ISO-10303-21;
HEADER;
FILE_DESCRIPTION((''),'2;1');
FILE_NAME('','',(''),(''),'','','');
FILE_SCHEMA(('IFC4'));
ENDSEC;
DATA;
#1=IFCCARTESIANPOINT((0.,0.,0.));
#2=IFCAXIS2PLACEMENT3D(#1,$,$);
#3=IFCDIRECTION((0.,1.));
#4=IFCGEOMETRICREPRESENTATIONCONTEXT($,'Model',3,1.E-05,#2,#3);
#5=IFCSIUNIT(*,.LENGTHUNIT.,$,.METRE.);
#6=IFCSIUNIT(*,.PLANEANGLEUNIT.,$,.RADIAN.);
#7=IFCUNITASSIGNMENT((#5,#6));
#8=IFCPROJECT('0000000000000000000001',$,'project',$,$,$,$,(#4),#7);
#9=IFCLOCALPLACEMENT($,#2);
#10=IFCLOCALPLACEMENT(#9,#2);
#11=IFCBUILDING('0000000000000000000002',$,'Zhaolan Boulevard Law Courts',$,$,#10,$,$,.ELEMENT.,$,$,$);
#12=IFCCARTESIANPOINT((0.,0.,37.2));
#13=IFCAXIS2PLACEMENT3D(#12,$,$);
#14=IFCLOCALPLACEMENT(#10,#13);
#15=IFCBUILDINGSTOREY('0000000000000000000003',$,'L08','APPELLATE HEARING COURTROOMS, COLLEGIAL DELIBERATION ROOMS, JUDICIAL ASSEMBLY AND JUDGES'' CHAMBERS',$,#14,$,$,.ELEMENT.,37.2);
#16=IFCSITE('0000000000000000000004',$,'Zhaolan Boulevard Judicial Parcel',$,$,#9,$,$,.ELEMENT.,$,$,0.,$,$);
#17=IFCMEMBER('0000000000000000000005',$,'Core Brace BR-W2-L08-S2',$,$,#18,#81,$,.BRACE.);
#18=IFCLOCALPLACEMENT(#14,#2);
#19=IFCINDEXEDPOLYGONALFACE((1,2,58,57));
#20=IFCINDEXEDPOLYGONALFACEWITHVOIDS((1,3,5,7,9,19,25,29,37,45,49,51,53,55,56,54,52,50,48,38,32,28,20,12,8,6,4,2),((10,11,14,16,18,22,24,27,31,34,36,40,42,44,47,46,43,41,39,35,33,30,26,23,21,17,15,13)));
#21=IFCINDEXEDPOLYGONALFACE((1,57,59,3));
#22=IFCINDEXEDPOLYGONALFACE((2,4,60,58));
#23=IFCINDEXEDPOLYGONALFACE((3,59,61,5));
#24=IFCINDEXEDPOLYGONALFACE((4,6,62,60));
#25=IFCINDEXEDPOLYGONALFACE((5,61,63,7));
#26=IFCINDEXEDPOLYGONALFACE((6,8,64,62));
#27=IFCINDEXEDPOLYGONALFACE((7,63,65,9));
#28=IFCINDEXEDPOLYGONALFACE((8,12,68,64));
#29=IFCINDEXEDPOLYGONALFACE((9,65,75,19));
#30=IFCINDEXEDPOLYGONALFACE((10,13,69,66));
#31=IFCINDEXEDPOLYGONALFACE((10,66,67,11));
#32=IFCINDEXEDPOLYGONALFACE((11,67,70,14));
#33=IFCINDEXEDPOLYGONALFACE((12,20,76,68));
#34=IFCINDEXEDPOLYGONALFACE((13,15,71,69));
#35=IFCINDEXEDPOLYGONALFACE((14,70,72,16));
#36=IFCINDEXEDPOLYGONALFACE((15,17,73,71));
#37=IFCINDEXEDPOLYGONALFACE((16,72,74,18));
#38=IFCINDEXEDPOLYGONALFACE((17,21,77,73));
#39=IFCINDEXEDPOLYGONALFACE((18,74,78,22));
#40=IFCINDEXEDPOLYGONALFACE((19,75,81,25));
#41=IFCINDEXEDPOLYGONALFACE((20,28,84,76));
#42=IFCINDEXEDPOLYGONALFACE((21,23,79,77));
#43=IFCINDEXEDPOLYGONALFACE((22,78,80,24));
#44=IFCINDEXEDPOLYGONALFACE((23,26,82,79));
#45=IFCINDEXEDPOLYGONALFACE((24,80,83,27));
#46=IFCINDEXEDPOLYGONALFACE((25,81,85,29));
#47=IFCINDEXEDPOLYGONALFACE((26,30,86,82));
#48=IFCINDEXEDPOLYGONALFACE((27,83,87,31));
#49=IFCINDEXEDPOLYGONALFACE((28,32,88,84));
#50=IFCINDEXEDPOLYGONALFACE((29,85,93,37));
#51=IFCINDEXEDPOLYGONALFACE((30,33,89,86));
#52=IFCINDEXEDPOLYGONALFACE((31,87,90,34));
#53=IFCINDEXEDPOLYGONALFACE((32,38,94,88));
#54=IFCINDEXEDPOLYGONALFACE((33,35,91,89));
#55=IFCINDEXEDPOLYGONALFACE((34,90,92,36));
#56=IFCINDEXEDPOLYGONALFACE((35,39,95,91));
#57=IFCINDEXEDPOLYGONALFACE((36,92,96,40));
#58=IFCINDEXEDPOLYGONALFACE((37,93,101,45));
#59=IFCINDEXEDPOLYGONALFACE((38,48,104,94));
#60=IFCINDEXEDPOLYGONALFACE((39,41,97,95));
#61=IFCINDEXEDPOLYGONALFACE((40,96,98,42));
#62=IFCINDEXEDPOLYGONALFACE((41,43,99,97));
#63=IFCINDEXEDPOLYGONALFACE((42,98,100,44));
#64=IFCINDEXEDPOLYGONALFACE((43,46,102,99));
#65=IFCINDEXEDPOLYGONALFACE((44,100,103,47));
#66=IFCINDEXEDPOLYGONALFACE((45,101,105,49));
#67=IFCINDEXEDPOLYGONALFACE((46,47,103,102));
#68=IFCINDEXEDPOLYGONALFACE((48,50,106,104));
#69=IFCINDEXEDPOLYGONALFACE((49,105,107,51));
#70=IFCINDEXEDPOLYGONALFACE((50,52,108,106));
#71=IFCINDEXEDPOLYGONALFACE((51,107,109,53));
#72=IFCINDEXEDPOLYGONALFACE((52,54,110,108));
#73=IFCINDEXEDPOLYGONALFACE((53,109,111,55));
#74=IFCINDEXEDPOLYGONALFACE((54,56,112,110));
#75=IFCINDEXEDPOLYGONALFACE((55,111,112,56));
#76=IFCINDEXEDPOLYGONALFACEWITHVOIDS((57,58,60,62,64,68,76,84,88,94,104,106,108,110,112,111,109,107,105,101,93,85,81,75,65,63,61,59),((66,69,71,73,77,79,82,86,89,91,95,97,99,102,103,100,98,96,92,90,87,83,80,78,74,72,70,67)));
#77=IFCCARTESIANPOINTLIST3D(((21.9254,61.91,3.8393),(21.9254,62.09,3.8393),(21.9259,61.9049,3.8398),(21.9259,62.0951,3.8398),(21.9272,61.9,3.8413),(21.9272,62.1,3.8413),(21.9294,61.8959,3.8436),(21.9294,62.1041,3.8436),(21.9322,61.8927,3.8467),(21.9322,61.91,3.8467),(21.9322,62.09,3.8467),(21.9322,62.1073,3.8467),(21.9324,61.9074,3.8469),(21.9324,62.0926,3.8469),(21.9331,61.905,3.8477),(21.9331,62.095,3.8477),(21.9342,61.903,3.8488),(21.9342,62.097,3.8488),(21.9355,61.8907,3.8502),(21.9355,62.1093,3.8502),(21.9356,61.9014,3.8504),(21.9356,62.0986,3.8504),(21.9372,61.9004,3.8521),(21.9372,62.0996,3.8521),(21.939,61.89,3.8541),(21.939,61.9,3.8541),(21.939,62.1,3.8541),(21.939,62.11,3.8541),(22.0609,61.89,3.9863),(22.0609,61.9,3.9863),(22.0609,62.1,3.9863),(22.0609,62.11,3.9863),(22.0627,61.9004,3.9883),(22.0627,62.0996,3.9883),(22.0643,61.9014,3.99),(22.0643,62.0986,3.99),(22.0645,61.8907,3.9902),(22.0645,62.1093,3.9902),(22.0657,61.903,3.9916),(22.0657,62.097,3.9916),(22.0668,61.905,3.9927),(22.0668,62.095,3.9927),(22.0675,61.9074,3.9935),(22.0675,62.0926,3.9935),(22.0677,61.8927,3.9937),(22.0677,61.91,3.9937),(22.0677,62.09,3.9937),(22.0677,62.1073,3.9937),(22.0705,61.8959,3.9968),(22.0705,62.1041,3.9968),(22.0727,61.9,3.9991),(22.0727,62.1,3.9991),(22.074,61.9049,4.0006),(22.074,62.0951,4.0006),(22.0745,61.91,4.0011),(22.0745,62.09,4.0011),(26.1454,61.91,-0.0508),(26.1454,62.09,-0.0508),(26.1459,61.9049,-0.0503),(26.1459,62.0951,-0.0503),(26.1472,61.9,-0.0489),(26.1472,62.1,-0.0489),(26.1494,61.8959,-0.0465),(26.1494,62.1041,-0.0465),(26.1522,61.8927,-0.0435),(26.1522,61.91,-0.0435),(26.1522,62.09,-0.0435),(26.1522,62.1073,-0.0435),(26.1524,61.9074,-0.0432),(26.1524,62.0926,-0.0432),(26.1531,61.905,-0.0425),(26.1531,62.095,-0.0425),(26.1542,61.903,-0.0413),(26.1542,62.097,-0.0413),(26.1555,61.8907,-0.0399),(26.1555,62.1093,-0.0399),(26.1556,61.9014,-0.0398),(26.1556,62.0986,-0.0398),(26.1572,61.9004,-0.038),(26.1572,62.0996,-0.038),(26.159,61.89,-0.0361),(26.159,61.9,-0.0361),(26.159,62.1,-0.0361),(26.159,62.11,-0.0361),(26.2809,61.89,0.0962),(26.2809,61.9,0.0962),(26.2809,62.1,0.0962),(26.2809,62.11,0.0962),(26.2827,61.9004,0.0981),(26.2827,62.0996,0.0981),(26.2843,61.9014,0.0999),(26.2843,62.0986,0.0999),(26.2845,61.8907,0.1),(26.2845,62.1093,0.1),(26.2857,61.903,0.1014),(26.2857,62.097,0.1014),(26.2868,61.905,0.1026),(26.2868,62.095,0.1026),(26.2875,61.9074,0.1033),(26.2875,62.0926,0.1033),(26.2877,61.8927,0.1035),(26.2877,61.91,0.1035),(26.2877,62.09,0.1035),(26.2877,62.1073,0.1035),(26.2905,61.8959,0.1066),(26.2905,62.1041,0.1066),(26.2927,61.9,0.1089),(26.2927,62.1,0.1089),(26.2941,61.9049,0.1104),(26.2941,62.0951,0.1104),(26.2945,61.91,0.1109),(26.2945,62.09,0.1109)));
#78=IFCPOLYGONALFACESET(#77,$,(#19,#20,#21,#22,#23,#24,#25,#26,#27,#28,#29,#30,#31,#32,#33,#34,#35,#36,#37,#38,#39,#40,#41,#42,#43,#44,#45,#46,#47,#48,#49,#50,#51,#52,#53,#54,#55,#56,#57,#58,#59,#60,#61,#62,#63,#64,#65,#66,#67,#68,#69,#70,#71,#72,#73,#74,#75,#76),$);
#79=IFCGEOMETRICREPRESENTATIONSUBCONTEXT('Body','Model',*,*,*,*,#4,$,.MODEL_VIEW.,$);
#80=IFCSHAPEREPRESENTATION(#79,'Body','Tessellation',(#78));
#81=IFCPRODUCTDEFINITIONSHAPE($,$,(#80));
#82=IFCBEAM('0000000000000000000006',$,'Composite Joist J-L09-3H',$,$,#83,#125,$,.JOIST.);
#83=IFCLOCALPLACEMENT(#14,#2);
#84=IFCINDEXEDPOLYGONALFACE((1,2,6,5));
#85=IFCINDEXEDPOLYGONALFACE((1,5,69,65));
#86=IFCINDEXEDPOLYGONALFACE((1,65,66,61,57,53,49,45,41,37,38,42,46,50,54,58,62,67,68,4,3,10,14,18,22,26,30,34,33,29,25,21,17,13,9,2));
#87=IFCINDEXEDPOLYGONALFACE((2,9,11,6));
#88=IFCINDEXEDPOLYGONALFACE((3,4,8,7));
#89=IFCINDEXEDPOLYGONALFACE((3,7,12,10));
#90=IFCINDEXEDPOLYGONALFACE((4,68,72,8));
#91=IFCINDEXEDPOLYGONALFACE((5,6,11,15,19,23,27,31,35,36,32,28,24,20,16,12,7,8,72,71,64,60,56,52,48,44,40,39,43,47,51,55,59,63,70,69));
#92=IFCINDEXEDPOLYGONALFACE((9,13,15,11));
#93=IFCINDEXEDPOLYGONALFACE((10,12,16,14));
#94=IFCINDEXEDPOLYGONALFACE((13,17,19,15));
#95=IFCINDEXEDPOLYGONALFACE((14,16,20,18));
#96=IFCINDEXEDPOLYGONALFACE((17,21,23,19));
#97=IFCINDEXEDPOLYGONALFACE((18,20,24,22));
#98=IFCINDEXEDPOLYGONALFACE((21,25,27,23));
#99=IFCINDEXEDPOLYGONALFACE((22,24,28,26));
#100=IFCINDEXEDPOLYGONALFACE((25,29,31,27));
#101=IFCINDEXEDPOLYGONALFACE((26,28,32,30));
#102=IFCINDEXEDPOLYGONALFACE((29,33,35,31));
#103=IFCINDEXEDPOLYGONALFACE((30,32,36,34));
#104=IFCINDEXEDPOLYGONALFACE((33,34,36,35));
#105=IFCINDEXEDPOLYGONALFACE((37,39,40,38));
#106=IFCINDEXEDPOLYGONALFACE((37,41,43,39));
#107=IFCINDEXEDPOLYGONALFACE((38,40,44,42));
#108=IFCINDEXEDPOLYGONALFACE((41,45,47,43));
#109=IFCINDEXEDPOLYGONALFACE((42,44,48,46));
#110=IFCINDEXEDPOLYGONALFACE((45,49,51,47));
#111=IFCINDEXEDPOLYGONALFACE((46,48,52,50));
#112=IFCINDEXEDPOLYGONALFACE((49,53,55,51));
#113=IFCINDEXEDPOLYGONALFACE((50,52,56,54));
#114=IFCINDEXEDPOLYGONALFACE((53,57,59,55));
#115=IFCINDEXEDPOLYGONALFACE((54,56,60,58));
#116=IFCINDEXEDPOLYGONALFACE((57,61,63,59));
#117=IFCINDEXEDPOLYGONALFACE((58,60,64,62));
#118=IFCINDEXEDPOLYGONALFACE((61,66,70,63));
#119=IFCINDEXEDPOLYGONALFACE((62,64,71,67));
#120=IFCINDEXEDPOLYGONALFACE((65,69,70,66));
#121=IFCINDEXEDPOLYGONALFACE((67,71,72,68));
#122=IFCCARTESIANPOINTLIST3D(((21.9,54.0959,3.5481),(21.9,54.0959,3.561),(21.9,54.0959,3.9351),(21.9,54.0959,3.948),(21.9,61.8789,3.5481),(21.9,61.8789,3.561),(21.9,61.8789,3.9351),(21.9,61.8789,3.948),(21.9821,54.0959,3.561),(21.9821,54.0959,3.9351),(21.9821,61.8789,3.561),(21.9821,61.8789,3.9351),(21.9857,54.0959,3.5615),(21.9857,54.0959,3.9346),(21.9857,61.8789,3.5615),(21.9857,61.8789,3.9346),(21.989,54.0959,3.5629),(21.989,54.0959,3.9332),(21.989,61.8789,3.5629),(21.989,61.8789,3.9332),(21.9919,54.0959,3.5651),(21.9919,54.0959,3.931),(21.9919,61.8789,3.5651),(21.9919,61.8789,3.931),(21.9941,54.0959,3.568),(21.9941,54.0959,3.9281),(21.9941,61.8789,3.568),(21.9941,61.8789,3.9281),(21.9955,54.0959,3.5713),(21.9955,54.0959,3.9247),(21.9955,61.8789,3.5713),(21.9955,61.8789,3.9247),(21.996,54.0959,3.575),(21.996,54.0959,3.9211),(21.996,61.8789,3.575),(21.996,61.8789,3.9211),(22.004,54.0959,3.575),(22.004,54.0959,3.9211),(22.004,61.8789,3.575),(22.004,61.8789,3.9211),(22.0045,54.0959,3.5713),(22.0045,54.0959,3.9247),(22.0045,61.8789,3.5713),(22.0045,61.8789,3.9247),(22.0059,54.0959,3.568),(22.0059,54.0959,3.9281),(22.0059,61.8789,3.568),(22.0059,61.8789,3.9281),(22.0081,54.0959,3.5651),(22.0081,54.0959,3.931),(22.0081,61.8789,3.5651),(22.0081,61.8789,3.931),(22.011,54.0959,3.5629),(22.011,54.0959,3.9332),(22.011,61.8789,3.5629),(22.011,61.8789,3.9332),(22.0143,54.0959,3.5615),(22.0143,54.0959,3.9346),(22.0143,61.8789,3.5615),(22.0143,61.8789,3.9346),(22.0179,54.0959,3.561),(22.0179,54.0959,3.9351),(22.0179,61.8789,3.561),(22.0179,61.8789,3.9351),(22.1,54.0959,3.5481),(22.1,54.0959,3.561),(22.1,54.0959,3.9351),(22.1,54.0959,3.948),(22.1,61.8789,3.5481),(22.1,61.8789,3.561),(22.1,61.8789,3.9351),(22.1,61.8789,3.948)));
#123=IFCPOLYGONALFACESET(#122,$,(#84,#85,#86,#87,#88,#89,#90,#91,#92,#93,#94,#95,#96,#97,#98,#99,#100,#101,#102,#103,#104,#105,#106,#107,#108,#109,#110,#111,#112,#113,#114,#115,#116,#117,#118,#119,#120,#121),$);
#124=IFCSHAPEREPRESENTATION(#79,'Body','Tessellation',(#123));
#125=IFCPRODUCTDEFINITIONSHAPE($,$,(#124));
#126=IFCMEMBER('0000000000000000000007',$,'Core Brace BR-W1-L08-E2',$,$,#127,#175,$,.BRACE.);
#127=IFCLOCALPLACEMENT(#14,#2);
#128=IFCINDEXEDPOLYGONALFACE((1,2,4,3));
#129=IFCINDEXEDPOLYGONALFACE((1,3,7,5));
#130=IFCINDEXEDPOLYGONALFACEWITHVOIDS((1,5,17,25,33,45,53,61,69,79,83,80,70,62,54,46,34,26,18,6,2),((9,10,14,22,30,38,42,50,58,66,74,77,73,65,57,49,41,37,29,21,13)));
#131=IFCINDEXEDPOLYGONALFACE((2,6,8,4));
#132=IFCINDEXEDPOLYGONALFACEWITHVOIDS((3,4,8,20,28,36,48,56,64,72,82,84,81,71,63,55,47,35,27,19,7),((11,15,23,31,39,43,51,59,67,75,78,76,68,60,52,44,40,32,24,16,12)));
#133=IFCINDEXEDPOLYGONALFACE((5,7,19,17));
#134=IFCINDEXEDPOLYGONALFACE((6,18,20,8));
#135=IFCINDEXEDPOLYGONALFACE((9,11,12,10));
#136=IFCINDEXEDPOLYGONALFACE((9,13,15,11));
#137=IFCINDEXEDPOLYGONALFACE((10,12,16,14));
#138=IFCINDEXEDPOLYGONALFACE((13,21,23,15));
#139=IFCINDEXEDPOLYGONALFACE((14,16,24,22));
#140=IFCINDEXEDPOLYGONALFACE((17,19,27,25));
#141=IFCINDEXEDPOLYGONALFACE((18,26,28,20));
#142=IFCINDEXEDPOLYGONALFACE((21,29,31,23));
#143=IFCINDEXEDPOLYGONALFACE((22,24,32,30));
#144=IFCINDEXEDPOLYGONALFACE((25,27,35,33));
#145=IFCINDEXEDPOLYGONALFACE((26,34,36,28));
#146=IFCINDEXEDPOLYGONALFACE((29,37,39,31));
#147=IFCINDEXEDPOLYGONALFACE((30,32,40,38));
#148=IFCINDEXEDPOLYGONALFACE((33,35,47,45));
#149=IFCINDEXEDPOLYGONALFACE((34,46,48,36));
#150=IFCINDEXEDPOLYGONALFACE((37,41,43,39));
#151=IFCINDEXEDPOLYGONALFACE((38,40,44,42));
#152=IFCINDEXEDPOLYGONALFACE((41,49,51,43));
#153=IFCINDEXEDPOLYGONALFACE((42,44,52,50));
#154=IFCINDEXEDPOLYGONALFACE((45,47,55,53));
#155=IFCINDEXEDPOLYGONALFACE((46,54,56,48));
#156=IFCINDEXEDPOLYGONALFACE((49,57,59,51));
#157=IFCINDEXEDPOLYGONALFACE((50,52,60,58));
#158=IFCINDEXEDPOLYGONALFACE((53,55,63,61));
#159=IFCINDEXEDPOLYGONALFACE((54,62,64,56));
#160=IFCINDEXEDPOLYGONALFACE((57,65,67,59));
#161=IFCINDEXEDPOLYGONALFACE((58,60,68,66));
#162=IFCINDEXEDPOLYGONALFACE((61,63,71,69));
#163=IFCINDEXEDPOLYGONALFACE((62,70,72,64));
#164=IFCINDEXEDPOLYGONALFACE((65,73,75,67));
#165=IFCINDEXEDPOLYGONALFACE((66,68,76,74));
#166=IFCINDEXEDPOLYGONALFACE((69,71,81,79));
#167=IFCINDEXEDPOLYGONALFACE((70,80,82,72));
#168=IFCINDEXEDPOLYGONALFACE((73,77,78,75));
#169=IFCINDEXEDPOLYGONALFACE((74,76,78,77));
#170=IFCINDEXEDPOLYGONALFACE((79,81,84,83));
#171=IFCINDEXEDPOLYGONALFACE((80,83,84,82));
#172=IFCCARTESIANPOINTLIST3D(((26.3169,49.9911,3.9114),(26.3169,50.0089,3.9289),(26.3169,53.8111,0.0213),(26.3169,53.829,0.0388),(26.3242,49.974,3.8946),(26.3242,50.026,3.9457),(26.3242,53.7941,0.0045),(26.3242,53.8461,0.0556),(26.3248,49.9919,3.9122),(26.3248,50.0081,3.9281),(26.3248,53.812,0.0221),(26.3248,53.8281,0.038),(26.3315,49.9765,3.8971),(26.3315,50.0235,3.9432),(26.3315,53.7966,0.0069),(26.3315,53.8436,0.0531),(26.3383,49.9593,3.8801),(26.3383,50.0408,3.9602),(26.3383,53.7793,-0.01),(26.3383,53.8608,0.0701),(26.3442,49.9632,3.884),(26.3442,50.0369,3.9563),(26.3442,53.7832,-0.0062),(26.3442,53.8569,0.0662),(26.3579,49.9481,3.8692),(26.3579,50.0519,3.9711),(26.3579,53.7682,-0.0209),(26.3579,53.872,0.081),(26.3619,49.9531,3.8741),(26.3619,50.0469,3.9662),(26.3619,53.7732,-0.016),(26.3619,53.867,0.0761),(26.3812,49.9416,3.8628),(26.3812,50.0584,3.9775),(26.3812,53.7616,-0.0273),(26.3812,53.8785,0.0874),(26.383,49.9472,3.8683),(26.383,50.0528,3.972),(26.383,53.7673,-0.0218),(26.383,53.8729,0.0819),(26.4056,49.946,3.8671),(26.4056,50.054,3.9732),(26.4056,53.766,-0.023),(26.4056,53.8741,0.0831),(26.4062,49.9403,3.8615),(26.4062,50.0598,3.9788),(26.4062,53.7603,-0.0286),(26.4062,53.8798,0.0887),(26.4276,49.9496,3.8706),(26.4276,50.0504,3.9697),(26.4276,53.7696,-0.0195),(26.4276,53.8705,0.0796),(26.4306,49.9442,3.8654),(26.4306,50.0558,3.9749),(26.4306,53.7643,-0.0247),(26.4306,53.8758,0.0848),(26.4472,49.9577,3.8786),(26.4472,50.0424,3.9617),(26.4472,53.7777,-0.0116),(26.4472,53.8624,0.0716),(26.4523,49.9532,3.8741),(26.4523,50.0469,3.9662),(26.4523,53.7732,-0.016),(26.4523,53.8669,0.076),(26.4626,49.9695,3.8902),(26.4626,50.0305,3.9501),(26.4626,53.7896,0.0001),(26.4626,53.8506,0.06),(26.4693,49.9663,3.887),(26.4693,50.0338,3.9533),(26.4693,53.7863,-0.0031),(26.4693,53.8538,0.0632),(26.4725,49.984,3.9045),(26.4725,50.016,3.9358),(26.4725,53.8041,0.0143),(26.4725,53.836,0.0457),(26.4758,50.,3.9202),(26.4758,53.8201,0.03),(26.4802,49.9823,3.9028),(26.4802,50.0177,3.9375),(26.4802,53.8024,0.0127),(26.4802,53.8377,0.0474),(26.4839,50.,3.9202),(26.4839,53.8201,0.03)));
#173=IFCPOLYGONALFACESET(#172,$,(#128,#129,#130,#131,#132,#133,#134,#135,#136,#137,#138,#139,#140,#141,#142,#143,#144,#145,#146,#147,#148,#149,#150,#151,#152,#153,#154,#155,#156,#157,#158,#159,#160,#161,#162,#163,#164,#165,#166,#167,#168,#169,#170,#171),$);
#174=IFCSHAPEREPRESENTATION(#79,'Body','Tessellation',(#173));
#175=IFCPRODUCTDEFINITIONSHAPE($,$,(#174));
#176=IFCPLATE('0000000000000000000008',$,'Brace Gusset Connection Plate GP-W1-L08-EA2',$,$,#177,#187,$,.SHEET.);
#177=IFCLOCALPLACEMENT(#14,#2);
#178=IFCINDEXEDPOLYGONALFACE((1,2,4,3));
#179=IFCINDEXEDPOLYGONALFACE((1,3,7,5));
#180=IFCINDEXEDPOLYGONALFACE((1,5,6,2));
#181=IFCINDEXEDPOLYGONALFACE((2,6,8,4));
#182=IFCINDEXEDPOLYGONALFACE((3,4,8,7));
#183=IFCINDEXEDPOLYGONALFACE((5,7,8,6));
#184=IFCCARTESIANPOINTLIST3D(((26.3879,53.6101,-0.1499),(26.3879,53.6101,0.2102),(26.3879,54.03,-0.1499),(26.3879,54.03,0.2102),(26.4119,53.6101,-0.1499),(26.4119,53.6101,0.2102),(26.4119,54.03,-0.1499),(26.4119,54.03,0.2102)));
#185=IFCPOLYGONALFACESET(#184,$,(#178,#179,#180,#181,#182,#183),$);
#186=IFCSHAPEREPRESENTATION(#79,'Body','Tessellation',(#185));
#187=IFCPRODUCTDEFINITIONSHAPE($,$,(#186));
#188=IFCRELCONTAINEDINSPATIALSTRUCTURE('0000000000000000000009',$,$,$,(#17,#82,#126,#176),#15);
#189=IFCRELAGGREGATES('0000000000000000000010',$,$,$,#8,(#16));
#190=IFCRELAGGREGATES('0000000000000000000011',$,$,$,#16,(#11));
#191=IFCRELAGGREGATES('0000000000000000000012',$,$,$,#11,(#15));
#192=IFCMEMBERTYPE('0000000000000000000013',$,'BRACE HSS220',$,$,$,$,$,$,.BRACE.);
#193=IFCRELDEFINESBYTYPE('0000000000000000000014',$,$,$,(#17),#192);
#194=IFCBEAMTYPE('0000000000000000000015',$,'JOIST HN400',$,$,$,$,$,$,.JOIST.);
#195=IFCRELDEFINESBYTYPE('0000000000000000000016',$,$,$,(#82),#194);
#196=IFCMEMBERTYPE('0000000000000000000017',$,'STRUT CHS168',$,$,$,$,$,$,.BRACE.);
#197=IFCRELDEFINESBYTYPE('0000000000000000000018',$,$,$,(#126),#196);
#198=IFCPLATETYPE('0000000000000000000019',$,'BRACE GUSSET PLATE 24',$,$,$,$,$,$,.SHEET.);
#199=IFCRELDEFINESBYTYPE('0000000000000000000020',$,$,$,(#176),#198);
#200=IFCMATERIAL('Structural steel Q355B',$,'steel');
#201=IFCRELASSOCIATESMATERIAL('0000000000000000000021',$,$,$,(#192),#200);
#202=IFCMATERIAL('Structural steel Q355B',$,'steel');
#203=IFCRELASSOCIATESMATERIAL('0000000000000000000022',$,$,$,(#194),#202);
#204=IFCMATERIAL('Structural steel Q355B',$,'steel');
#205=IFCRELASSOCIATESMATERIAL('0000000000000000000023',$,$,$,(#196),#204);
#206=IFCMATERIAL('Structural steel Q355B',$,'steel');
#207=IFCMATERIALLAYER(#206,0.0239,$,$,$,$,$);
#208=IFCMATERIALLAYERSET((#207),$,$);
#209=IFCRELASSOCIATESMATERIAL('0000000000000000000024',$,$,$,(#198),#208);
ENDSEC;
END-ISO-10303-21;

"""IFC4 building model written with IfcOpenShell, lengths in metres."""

from ifc_helpers import new_model, si_unit, direction, frame, origin, origin_2d, place, context, subcontext, project, spatial, rectangle, hollow_rectangle, hollow_circle, i_section, extrude, material, layer, layer_set, material_profile, profile_set, type_object, element, save


model = new_model("IFC4")

# Units and contexts
model_context = context("Model", 3, precision=1e-05, world=origin(), true_north=direction((0.0, 1.0)))
body_context = subcontext(model_context, "Body", "Model", "MODEL_VIEW")
ifc_project = project(units=[si_unit("LENGTHUNIT", "METRE"), si_unit("PLANEANGLEUNIT", "RADIAN")], contexts=[model_context])

# Site, building, storey
site_placement = place(None, origin())
site = spatial("IfcSite", under=ifc_project, at=site_placement, Name="Zhaolan Boulevard Judicial Parcel", CompositionType="ELEMENT", RefElevation=0.0)
building_placement = place(site_placement, origin())
building = spatial("IfcBuilding", under=site, at=building_placement, Name="Zhaolan Boulevard Law Courts", CompositionType="ELEMENT")
storey_placement = place(building_placement, frame((0.0, 0.0, 37.2)))
storey = spatial("IfcBuildingStorey", under=building, at=storey_placement, Name="L08", Description="APPELLATE HEARING COURTROOMS, COLLEGIAL DELIBERATION ROOMS, JUDICIAL ASSEMBLY AND JUDGES' CHAMBERS", CompositionType="ELEMENT", Elevation=37.2)

# Member
ifc_material_1 = material(Name="Structural steel Q355B", Category="steel")
ifc_material_profile_1 = material_profile(ifc_material_1, hollow_rectangle(XDim=0.22, YDim=0.22, WallThickness=0.01, InnerFilletRadius=0.01, OuterFilletRadius=0.02, at=origin_2d()), Name="HSS220x220x10")
ifc_profile_set_1 = profile_set([ifc_material_profile_1], Name="Structural steel Q355B")
member_type_1 = type_object("IfcMemberType", Name="BRACE HSS220", PredefinedType="BRACE", material=ifc_profile_set_1)
member_1_placement = place(storey_placement, frame((26.22, 62.0, 0.03), z_axis=(-0.735257, 0.0, 0.677789), x_axis=(0.0, -1.0, 0.0)))
element("IfcMember", 1, at=member_1_placement, inside=storey, type_object=member_type_1, Name="Core Brace BR-W2-L08-S2", PredefinedType="BRACE", context=body_context, shape_type="SweptSolid", body=[
    extrude(hollow_rectangle(XDim=0.22, YDim=0.22, WallThickness=0.01, InnerFilletRadius=0.01, OuterFilletRadius=0.02, at=origin_2d()), origin(), (0.0, 0.0, 1.0), 5.7395),
])

# Beam
ifc_material_2 = material(Name="Structural steel Q355B", Category="steel")
ifc_material_profile_2 = material_profile(ifc_material_2, i_section(OverallWidth=0.2, OverallDepth=0.3999, WebThickness=0.0081, FlangeThickness=0.0129, FilletRadius=0.0139, at=origin_2d()), Name="HN400x200")
ifc_profile_set_2 = profile_set([ifc_material_profile_2], Name="Structural steel Q355B")
beam_type = type_object("IfcBeamType", Name="JOIST HN400", PredefinedType="JOIST", material=ifc_profile_set_2)
beam_placement = place(storey_placement, frame((22.0, 54.0959, 3.748), z_axis=(0.0, 1.0, 0.0), x_axis=(-1.0, 0.0, 0.0)))
element("IfcBeam", 2, at=beam_placement, inside=storey, type_object=beam_type, Name="Composite Joist J-L09-3H", PredefinedType="JOIST", context=body_context, shape_type="SweptSolid", body=[
    extrude(i_section(OverallWidth=0.2, OverallDepth=0.3999, WebThickness=0.0081, FlangeThickness=0.0129, FilletRadius=0.0139, at=origin_2d()), origin(), (0.0, 0.0, 1.0), 7.783),
])

# Member
ifc_material_3 = material(Name="Structural steel Q355B", Category="steel")
ifc_material_profile_3 = material_profile(ifc_material_3, hollow_circle(Radius=0.084, WallThickness=0.0081, at=origin_2d()), Name="CHS168x8")
ifc_profile_set_3 = profile_set([ifc_material_profile_3], Name="Structural steel Q355B")
member_type_2 = type_object("IfcMemberType", Name="STRUT CHS168", PredefinedType="BRACE", material=ifc_profile_set_3)
member_2_placement = place(storey_placement, frame((26.3999, 53.8201, 0.03), z_axis=(0.0, -0.700652, 0.713503), x_axis=(1.0, 0.0, 0.0)))
element("IfcMember", 3, at=member_2_placement, inside=storey, type_object=member_type_2, Name="Core Brace BR-W1-L08-E2", PredefinedType="BRACE", context=body_context, shape_type="SweptSolid", body=[
    extrude(hollow_circle(Radius=0.084, WallThickness=0.0081, at=origin_2d()), origin(), (0.0, 0.0, 1.0), 5.4521),
])

# Plate
ifc_material_4 = material(Name="Structural steel Q355B", Category="steel")
ifc_layer_1 = layer(ifc_material_4, 0.0239)
ifc_layer_set_1 = layer_set([ifc_layer_1])
plate_type_1 = type_object("IfcPlateType", Name="BRACE GUSSET PLATE 24", PredefinedType="SHEET", material=ifc_layer_set_1)
for number, where, z_axis, x_axis, name in (
    (4, (26.3999, 53.8201, -0.1499), (0.0, 0.0, 1.0), (0.0, 1.0, 0.0), "Brace Gusset Connection Plate GP-W1-L08-EA2"),
):
    element("IfcPlate", number, at=place(storey_placement, frame(where, z_axis=z_axis, x_axis=x_axis)), inside=storey, type_object=plate_type_1, Name=name, PredefinedType="SHEET", context=body_context, shape_type="SweptSolid", body=[
        extrude(rectangle(XDim=0.4199, YDim=0.0239, at=origin_2d()), origin(), (0.0, 0.0, 1.0), 0.3601),
    ])

save(model, "model.ifc")
